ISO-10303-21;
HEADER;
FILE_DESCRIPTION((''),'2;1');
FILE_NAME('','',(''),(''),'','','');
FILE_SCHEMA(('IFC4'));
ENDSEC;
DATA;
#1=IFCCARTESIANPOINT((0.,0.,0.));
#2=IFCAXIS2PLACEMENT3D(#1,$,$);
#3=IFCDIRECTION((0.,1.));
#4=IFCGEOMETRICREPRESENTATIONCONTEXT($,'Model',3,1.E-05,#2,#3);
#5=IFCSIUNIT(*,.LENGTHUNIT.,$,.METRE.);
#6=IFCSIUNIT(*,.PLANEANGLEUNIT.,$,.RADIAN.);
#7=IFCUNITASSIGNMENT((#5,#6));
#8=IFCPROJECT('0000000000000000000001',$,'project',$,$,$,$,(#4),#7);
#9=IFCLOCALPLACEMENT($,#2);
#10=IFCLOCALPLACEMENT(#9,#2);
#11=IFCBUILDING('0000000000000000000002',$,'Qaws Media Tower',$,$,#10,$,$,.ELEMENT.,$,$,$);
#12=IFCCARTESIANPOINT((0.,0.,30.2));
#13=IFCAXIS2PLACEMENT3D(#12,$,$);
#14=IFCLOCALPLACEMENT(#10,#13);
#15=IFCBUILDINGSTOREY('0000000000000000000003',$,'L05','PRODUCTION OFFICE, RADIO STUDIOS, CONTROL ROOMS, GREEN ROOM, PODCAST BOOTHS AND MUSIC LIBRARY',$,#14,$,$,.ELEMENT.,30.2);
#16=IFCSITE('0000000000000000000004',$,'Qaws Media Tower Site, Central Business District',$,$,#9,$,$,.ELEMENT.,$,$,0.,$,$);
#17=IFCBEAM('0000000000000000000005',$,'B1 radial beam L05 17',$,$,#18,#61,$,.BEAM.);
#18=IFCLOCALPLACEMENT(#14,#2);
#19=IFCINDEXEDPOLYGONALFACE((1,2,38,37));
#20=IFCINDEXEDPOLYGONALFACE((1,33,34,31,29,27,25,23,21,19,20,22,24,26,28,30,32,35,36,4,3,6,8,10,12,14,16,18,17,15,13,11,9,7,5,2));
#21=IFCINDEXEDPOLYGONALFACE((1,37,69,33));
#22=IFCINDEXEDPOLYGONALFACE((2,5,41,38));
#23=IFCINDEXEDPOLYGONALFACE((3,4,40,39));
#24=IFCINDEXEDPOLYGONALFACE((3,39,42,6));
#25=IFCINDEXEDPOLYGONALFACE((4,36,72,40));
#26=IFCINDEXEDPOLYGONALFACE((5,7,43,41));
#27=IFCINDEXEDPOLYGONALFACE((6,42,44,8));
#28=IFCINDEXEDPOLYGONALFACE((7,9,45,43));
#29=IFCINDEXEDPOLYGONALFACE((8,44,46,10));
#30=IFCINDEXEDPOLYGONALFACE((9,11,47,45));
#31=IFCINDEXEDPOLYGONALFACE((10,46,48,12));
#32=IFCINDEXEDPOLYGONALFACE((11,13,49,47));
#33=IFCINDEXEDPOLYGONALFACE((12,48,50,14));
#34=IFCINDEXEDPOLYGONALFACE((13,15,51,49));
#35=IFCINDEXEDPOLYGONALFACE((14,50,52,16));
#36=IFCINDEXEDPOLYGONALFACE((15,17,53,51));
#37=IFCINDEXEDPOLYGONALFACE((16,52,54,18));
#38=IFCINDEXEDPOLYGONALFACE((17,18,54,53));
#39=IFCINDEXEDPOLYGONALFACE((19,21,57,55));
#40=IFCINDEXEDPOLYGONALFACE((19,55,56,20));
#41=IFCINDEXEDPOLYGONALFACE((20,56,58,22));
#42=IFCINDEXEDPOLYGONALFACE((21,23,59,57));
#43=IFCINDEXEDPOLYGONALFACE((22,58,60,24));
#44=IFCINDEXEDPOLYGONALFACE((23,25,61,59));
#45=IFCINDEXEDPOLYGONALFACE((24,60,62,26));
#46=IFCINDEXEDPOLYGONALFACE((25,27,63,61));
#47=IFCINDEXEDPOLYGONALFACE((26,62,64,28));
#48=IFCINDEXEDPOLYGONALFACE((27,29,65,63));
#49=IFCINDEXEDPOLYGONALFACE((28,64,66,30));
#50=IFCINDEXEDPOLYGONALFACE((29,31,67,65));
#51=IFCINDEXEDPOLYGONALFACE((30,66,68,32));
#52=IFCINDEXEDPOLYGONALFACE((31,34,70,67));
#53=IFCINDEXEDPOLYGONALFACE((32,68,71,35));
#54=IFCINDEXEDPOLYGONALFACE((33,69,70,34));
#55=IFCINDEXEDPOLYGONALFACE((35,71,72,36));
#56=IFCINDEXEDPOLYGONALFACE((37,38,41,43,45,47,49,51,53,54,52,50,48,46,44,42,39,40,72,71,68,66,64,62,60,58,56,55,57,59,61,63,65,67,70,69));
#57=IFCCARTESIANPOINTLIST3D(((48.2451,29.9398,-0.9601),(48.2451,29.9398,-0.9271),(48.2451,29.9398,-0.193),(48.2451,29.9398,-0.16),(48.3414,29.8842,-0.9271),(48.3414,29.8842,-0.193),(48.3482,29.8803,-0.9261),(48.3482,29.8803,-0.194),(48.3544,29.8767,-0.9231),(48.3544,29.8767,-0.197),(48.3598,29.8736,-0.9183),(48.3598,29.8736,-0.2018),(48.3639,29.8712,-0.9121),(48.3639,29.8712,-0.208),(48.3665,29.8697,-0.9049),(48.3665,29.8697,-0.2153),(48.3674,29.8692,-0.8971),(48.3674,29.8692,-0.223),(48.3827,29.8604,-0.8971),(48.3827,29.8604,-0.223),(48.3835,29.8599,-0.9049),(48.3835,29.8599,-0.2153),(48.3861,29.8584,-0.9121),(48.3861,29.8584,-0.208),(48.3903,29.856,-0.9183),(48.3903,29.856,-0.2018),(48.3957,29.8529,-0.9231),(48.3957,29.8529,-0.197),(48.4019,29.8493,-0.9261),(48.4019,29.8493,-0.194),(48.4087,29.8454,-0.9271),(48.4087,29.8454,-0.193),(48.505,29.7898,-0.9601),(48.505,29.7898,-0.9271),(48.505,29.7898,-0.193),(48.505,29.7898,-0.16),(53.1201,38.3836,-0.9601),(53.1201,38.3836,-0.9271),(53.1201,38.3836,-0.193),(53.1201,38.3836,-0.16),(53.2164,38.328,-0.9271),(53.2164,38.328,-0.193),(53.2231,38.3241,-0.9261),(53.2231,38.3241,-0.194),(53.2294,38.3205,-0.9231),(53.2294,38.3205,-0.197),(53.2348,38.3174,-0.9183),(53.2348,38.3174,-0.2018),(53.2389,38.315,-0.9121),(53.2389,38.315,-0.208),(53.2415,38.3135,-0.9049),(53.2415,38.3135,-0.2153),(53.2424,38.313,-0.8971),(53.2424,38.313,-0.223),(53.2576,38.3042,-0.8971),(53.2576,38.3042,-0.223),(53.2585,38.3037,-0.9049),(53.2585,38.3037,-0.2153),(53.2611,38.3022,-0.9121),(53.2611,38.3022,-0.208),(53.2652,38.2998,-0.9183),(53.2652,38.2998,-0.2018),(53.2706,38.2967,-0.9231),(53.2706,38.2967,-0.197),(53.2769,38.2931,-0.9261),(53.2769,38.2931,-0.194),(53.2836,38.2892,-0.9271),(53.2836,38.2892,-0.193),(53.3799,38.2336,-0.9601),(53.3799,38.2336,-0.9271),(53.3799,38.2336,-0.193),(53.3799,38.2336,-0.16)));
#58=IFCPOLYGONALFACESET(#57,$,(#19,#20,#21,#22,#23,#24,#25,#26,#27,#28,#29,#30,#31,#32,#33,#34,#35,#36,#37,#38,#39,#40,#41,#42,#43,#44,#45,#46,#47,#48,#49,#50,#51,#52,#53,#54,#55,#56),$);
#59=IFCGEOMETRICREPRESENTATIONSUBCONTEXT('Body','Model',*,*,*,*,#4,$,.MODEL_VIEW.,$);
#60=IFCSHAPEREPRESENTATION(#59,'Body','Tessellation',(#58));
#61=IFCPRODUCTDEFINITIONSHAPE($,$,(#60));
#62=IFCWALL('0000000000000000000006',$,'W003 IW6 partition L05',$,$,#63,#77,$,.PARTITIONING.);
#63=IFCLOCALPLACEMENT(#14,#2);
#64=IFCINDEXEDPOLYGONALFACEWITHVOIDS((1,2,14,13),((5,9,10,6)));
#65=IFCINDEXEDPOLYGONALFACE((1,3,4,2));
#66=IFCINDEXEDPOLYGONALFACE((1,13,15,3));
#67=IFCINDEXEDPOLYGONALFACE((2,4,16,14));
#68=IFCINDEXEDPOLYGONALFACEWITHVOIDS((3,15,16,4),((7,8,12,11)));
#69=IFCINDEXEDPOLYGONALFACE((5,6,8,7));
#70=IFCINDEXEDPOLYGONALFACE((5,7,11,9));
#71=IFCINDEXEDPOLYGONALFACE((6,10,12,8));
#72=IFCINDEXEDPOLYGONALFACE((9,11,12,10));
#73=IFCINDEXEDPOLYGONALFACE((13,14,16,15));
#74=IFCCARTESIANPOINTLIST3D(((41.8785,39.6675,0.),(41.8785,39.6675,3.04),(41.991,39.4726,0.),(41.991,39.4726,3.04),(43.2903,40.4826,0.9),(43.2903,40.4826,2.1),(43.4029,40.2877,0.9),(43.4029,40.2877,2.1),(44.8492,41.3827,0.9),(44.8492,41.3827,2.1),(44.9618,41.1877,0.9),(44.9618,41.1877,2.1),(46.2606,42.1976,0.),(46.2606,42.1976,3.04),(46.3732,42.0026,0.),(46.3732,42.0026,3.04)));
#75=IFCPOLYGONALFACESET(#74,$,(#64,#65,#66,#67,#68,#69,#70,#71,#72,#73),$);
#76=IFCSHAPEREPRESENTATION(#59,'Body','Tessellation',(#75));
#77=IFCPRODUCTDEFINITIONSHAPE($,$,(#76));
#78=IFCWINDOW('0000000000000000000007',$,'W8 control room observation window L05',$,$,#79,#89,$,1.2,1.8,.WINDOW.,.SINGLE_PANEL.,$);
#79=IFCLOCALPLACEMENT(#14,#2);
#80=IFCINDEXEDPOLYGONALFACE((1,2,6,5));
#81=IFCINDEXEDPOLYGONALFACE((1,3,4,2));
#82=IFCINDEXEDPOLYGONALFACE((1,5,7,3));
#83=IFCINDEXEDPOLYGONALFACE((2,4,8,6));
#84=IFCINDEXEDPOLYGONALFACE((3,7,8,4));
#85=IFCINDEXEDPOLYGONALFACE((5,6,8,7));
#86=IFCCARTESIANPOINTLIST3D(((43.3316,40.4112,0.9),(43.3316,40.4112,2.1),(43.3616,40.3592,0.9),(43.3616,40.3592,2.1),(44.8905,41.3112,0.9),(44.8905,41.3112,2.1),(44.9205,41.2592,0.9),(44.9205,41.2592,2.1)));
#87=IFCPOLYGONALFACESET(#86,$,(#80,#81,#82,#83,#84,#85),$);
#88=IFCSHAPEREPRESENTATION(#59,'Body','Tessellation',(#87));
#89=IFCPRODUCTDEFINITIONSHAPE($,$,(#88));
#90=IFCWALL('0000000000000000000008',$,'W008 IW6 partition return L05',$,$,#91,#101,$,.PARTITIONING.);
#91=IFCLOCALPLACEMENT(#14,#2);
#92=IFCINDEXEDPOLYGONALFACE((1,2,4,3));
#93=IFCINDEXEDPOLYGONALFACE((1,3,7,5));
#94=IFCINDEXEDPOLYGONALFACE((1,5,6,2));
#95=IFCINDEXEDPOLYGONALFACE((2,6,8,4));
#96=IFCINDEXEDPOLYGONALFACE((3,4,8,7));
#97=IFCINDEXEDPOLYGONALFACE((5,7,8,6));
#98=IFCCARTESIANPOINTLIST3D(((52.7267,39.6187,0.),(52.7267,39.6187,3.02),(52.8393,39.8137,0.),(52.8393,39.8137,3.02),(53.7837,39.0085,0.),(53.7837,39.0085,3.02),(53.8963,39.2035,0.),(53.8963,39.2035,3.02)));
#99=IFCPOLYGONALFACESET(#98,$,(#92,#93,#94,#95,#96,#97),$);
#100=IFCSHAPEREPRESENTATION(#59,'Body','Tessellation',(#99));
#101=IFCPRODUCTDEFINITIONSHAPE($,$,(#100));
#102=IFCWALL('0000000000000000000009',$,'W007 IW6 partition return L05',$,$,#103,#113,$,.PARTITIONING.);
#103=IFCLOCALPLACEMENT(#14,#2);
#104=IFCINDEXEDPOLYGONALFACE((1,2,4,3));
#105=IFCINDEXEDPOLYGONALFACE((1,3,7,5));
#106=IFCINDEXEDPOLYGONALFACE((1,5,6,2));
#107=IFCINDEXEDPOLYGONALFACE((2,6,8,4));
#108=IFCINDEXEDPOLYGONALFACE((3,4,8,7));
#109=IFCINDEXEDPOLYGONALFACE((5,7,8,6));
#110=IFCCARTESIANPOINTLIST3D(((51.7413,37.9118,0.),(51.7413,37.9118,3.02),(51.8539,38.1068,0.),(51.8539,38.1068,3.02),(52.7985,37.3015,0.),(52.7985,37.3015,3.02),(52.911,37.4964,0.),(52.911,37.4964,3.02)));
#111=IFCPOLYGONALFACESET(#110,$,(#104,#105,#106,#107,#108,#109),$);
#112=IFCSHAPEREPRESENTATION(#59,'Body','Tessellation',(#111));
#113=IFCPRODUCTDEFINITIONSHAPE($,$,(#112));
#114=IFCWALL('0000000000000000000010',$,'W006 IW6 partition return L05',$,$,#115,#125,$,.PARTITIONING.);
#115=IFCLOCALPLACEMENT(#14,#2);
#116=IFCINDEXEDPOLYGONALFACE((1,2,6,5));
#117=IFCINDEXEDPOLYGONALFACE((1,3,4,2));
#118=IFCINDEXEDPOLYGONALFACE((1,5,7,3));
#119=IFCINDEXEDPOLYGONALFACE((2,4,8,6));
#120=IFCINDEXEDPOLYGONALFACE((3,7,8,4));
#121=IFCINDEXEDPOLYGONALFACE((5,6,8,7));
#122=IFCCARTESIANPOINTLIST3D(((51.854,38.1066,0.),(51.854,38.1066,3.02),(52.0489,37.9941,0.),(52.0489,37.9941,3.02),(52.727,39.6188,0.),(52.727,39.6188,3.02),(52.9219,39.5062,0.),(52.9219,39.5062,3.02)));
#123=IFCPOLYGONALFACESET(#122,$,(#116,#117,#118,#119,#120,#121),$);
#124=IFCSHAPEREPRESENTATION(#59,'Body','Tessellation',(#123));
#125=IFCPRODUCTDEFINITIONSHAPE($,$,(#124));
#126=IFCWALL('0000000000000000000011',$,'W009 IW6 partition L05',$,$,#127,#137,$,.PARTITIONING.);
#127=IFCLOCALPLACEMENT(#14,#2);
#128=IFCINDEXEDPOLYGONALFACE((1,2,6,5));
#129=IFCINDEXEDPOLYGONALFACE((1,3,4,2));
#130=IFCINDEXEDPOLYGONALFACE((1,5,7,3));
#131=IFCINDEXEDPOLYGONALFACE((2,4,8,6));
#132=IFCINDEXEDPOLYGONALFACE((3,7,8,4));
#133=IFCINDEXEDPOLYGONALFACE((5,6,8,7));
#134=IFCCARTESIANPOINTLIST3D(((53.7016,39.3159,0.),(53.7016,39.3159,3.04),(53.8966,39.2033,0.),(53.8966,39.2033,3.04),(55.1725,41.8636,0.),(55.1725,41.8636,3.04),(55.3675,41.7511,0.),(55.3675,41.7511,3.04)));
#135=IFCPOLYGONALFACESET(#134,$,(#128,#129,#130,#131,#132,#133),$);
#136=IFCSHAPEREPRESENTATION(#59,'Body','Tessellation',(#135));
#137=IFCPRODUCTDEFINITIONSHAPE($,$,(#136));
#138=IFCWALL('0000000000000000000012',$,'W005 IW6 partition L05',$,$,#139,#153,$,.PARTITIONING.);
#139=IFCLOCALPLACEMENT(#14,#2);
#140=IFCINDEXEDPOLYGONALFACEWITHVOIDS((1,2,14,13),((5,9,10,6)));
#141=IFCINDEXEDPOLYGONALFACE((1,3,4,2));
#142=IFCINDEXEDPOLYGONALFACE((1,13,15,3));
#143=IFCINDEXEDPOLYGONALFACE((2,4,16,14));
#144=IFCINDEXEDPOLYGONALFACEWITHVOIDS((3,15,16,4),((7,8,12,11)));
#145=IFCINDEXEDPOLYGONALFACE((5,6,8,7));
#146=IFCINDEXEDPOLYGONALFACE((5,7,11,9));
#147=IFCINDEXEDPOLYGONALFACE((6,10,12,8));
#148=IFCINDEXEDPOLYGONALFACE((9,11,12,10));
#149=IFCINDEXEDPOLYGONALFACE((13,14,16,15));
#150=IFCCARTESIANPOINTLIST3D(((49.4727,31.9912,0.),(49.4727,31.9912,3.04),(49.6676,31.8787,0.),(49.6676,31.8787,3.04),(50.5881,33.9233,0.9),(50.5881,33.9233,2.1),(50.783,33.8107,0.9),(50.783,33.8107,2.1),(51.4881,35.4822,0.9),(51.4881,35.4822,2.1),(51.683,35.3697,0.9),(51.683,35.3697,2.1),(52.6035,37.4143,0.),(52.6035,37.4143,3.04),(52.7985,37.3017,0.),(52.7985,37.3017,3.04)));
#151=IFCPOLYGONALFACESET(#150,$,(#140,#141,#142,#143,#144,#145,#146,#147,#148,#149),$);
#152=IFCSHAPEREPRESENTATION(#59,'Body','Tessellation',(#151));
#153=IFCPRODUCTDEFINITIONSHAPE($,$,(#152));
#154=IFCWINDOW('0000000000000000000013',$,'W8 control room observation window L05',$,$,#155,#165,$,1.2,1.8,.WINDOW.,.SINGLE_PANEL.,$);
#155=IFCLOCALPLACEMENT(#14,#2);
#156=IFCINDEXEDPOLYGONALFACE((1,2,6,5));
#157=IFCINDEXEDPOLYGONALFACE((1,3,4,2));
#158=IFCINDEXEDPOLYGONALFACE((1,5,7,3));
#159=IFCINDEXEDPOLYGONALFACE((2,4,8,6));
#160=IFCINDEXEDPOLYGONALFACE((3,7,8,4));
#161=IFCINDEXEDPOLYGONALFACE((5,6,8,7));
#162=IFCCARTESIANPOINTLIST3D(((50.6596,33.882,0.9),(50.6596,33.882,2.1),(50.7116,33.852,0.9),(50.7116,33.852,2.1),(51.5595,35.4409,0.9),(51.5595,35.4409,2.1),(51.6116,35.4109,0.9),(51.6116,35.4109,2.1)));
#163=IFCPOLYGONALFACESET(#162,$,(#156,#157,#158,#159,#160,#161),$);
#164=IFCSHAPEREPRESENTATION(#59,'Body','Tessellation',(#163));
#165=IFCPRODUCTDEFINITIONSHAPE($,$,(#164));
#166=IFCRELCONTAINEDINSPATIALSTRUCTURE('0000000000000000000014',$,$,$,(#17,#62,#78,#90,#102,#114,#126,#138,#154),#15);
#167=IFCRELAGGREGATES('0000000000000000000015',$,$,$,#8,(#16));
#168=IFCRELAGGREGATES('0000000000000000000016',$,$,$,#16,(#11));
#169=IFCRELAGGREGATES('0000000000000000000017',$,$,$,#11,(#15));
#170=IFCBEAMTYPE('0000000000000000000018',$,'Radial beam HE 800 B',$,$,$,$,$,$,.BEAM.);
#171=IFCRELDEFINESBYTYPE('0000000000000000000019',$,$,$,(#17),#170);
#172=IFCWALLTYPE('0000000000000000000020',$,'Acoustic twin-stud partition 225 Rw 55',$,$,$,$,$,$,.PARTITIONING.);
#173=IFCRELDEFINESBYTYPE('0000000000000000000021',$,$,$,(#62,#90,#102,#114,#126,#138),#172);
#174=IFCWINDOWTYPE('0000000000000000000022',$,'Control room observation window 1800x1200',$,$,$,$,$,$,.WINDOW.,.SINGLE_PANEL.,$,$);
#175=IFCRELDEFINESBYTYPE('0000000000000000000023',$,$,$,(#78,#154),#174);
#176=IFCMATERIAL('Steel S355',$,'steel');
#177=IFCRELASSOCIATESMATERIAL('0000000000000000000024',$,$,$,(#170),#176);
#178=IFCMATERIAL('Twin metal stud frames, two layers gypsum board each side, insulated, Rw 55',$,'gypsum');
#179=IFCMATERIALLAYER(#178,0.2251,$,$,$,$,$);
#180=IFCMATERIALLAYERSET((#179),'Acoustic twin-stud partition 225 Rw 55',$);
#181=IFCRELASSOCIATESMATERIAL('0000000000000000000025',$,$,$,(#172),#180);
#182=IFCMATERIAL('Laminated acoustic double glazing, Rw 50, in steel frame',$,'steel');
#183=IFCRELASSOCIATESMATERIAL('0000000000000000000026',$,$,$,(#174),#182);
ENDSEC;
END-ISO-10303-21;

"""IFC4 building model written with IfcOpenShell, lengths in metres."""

from ifc_helpers import new_model, si_unit, direction, frame, frame_2d, origin, origin_2d, place, context, subcontext, project, spatial, rectangle, i_section, extrude, material, layer, layer_set, material_profile, profile_set, type_object, element, fill, save


model = new_model("IFC4")

# Units and contexts
model_context = context("Model", 3, precision=1e-05, world=origin(), true_north=direction((0.0, 1.0)))
body_context = subcontext(model_context, "Body", "Model", "MODEL_VIEW")
ifc_project = project(units=[si_unit("LENGTHUNIT", "METRE"), si_unit("PLANEANGLEUNIT", "RADIAN")], contexts=[model_context])

# Site, building, storey
site_placement = place(None, origin())
site = spatial("IfcSite", under=ifc_project, at=site_placement, Name="Qaws Media Tower Site, Central Business District", CompositionType="ELEMENT", RefElevation=0.0)
building_placement = place(site_placement, origin())
building = spatial("IfcBuilding", under=site, at=building_placement, Name="Qaws Media Tower", CompositionType="ELEMENT")
storey_placement = place(building_placement, frame((0.0, 0.0, 30.2)))
storey = spatial("IfcBuildingStorey", under=building, at=storey_placement, Name="L05", Description="PRODUCTION OFFICE, RADIO STUDIOS, CONTROL ROOMS, GREEN ROOM, PODCAST BOOTHS AND MUSIC LIBRARY", CompositionType="ELEMENT", Elevation=30.2)

# Beam
ifc_material_1 = material(Name="Steel S355", Category="steel")
ifc_material_profile_1 = material_profile(ifc_material_1, i_section(OverallWidth=0.3, OverallDepth=0.8, WebThickness=0.0176, FlangeThickness=0.033, FilletRadius=0.03, at=origin_2d()), Name="HE 800 B")
ifc_profile_set_1 = profile_set([ifc_material_profile_1], Name="Steel S355")
beam_type_1 = type_object("IfcBeamType", Name="Radial beam HE 800 B", PredefinedType="BEAM", material=ifc_profile_set_1)
beam_1_placement = place(storey_placement, frame((53.25, 38.3086, -0.5601), z_axis=(-0.499996, -0.866028, 0.0), x_axis=(0.866028, -0.499996, 0.0)))
element("IfcBeam", 1, at=beam_1_placement, inside=storey, type_object=beam_type_1, Name="B1 radial beam L05 17", PredefinedType="BEAM", context=body_context, shape_type="SweptSolid", body=[
    extrude(i_section(OverallWidth=0.3, OverallDepth=0.8, WebThickness=0.0176, FlangeThickness=0.033, FilletRadius=0.03, at=origin_2d()), origin(), (0.0, 0.0, 1.0), 9.75),
])

# Wall, opening, window
ifc_material_2 = material(Name="Twin metal stud frames, two layers gypsum board each side, insulated, Rw 55", Category="gypsum")
ifc_layer_1 = layer(ifc_material_2, 0.2251)
ifc_layer_set_1 = layer_set([ifc_layer_1], Name="Acoustic twin-stud partition 225 Rw 55")
wall_type_1 = type_object("IfcWallType", Name="Acoustic twin-stud partition 225 Rw 55", PredefinedType="PARTITIONING", material=ifc_layer_set_1)
wall_1_placement = place(storey_placement, frame((46.3169, 42.1001, 0.0), z_axis=(0.0, 0.0, 1.0), x_axis=(-0.866022, -0.500005, 0.0)))
wall_1 = element("IfcWall", 2, at=wall_1_placement, inside=storey, type_object=wall_type_1, Name="W003 IW6 partition L05", PredefinedType="PARTITIONING", context=body_context, shape_type="SweptSolid", body=[
    extrude(rectangle(XDim=5.0601, YDim=0.2251, at=frame_2d((2.53, 0.0))), origin(), (0.0, 0.0, 1.0), 3.04),
])
opening_1_placement = place(wall_1_placement, frame((1.6299, 0.0, 0.8999)))
opening_1 = element("IfcOpeningElement", 3, at=opening_1_placement, cuts=wall_1, PredefinedType="OPENING", context=body_context, shape_type="SweptSolid", body=[
    extrude(rectangle(XDim=1.8, YDim=1.2, at=frame_2d((0.8999, 0.6001))), frame((0.0, 0.1226, 0.0), z_axis=(0.0, -1.0, 0.0), x_axis=(1.0, 0.0, 0.0)), (0.0, 0.0, 1.0), 0.2451),
])
ifc_material_3 = material(Name="Laminated acoustic double glazing, Rw 50, in steel frame", Category="steel")
window_type = type_object("IfcWindowType", Name="Control room observation window 1800x1200", PartitioningType="SINGLE_PANEL", PredefinedType="WINDOW", material=ifc_material_3)
window_1_placement = place(opening_1_placement, origin())
window_1 = element("IfcWindow", 4, at=window_1_placement, inside=storey, type_object=window_type, Name="W8 control room observation window L05", OverallHeight=1.2, OverallWidth=1.8, PartitioningType="SINGLE_PANEL", PredefinedType="WINDOW", context=body_context, shape_type="SweptSolid", body=[
    extrude(rectangle(XDim=1.8, YDim=1.2, at=frame_2d((0.8999, 0.6001))), frame((0.0, 0.03, 0.0), z_axis=(0.0, -1.0, 0.0), x_axis=(1.0, 0.0, 0.0)), (0.0, 0.0, 1.0), 0.0601),
])
fill(opening_1, window_1)

# Walls
wall_2_placement = place(storey_placement, frame((53.8401, 39.106, 0.0), z_axis=(0.0, 0.0, 1.0), x_axis=(-0.866056, 0.499948, 0.0)))
element("IfcWall", 5, at=wall_2_placement, inside=storey, type_object=wall_type_1, Name="W008 IW6 partition return L05", PredefinedType="PARTITIONING", context=body_context, shape_type="SweptSolid", body=[
    extrude(rectangle(XDim=1.2205, YDim=0.2251, at=frame_2d((0.6104, 0.0))), origin(), (0.0, 0.0, 1.0), 3.02),
])
wall_3_placement = place(storey_placement, frame((52.8547, 37.3989, 0.0), z_axis=(0.0, 0.0, 1.0), x_axis=(-0.866019, 0.500011, 0.0)))
element("IfcWall", 6, at=wall_3_placement, inside=storey, type_object=wall_type_1, Name="W007 IW6 partition return L05", PredefinedType="PARTITIONING", context=body_context, shape_type="SweptSolid", body=[
    extrude(rectangle(XDim=1.2207, YDim=0.2251, at=frame_2d((0.6104, 0.0))), origin(), (0.0, 0.0, 1.0), 3.02),
])
wall_4_placement = place(storey_placement, frame((52.8245, 39.5625, 0.0), z_axis=(0.0, 0.0, 1.0), x_axis=(-0.499989, -0.866032, 0.0)))
element("IfcWall", 7, at=wall_4_placement, inside=storey, type_object=wall_type_1, Name="W006 IW6 partition return L05", PredefinedType="PARTITIONING", context=body_context, shape_type="SweptSolid", body=[
    extrude(rectangle(XDim=1.7461, YDim=0.2251, at=frame_2d((0.873, 0.0))), origin(), (0.0, 0.0, 1.0), 3.02),
])
wall_5_placement = place(storey_placement, frame((55.27, 41.8074, 0.0), z_axis=(0.0, 0.0, 1.0), x_axis=(-0.499986, -0.866034, 0.0)))
element("IfcWall", 8, at=wall_5_placement, inside=storey, type_object=wall_type_1, Name="W009 IW6 partition L05", PredefinedType="PARTITIONING", context=body_context, shape_type="SweptSolid", body=[
    extrude(rectangle(XDim=2.9419, YDim=0.2251, at=frame_2d((1.4709, 0.0))), origin(), (0.0, 0.0, 1.0), 3.04),
])

# Wall, opening, window
wall_6_placement = place(storey_placement, frame((52.7009, 37.3579, 0.0), z_axis=(0.0, 0.0, 1.0), x_axis=(-0.49998, -0.866037, 0.0)))
wall_6 = element("IfcWall", 9, at=wall_6_placement, inside=storey, type_object=wall_type_1, Name="W005 IW6 partition L05", PredefinedType="PARTITIONING", context=body_context, shape_type="SweptSolid", body=[
    extrude(rectangle(XDim=6.262, YDim=0.2251, at=frame_2d((3.1309, 0.0))), origin(), (0.0, 0.0, 1.0), 3.04),
])
opening_2_placement = place(wall_6_placement, frame((2.231, 0.0, 0.8999)))
opening_2 = element("IfcOpeningElement", 10, at=opening_2_placement, cuts=wall_6, PredefinedType="OPENING", context=body_context, shape_type="SweptSolid", body=[
    extrude(rectangle(XDim=1.8, YDim=1.2, at=frame_2d((0.8999, 0.6001))), frame((0.0, 0.1226, 0.0), z_axis=(0.0, -1.0, 0.0), x_axis=(1.0, 0.0, 0.0)), (0.0, 0.0, 1.0), 0.2451),
])
window_2_placement = place(opening_2_placement, origin())
window_2 = element("IfcWindow", 11, at=window_2_placement, inside=storey, type_object=window_type, Name="W8 control room observation window L05", OverallHeight=1.2, OverallWidth=1.8, PartitioningType="SINGLE_PANEL", PredefinedType="WINDOW", context=body_context, shape_type="SweptSolid", body=[
    extrude(rectangle(XDim=1.8, YDim=1.2, at=frame_2d((0.8999, 0.6001))), frame((0.0, 0.03, 0.0), z_axis=(0.0, -1.0, 0.0), x_axis=(1.0, 0.0, 0.0)), (0.0, 0.0, 1.0), 0.0601),
])
fill(opening_2, window_2)

save(model, "model.ifc")
